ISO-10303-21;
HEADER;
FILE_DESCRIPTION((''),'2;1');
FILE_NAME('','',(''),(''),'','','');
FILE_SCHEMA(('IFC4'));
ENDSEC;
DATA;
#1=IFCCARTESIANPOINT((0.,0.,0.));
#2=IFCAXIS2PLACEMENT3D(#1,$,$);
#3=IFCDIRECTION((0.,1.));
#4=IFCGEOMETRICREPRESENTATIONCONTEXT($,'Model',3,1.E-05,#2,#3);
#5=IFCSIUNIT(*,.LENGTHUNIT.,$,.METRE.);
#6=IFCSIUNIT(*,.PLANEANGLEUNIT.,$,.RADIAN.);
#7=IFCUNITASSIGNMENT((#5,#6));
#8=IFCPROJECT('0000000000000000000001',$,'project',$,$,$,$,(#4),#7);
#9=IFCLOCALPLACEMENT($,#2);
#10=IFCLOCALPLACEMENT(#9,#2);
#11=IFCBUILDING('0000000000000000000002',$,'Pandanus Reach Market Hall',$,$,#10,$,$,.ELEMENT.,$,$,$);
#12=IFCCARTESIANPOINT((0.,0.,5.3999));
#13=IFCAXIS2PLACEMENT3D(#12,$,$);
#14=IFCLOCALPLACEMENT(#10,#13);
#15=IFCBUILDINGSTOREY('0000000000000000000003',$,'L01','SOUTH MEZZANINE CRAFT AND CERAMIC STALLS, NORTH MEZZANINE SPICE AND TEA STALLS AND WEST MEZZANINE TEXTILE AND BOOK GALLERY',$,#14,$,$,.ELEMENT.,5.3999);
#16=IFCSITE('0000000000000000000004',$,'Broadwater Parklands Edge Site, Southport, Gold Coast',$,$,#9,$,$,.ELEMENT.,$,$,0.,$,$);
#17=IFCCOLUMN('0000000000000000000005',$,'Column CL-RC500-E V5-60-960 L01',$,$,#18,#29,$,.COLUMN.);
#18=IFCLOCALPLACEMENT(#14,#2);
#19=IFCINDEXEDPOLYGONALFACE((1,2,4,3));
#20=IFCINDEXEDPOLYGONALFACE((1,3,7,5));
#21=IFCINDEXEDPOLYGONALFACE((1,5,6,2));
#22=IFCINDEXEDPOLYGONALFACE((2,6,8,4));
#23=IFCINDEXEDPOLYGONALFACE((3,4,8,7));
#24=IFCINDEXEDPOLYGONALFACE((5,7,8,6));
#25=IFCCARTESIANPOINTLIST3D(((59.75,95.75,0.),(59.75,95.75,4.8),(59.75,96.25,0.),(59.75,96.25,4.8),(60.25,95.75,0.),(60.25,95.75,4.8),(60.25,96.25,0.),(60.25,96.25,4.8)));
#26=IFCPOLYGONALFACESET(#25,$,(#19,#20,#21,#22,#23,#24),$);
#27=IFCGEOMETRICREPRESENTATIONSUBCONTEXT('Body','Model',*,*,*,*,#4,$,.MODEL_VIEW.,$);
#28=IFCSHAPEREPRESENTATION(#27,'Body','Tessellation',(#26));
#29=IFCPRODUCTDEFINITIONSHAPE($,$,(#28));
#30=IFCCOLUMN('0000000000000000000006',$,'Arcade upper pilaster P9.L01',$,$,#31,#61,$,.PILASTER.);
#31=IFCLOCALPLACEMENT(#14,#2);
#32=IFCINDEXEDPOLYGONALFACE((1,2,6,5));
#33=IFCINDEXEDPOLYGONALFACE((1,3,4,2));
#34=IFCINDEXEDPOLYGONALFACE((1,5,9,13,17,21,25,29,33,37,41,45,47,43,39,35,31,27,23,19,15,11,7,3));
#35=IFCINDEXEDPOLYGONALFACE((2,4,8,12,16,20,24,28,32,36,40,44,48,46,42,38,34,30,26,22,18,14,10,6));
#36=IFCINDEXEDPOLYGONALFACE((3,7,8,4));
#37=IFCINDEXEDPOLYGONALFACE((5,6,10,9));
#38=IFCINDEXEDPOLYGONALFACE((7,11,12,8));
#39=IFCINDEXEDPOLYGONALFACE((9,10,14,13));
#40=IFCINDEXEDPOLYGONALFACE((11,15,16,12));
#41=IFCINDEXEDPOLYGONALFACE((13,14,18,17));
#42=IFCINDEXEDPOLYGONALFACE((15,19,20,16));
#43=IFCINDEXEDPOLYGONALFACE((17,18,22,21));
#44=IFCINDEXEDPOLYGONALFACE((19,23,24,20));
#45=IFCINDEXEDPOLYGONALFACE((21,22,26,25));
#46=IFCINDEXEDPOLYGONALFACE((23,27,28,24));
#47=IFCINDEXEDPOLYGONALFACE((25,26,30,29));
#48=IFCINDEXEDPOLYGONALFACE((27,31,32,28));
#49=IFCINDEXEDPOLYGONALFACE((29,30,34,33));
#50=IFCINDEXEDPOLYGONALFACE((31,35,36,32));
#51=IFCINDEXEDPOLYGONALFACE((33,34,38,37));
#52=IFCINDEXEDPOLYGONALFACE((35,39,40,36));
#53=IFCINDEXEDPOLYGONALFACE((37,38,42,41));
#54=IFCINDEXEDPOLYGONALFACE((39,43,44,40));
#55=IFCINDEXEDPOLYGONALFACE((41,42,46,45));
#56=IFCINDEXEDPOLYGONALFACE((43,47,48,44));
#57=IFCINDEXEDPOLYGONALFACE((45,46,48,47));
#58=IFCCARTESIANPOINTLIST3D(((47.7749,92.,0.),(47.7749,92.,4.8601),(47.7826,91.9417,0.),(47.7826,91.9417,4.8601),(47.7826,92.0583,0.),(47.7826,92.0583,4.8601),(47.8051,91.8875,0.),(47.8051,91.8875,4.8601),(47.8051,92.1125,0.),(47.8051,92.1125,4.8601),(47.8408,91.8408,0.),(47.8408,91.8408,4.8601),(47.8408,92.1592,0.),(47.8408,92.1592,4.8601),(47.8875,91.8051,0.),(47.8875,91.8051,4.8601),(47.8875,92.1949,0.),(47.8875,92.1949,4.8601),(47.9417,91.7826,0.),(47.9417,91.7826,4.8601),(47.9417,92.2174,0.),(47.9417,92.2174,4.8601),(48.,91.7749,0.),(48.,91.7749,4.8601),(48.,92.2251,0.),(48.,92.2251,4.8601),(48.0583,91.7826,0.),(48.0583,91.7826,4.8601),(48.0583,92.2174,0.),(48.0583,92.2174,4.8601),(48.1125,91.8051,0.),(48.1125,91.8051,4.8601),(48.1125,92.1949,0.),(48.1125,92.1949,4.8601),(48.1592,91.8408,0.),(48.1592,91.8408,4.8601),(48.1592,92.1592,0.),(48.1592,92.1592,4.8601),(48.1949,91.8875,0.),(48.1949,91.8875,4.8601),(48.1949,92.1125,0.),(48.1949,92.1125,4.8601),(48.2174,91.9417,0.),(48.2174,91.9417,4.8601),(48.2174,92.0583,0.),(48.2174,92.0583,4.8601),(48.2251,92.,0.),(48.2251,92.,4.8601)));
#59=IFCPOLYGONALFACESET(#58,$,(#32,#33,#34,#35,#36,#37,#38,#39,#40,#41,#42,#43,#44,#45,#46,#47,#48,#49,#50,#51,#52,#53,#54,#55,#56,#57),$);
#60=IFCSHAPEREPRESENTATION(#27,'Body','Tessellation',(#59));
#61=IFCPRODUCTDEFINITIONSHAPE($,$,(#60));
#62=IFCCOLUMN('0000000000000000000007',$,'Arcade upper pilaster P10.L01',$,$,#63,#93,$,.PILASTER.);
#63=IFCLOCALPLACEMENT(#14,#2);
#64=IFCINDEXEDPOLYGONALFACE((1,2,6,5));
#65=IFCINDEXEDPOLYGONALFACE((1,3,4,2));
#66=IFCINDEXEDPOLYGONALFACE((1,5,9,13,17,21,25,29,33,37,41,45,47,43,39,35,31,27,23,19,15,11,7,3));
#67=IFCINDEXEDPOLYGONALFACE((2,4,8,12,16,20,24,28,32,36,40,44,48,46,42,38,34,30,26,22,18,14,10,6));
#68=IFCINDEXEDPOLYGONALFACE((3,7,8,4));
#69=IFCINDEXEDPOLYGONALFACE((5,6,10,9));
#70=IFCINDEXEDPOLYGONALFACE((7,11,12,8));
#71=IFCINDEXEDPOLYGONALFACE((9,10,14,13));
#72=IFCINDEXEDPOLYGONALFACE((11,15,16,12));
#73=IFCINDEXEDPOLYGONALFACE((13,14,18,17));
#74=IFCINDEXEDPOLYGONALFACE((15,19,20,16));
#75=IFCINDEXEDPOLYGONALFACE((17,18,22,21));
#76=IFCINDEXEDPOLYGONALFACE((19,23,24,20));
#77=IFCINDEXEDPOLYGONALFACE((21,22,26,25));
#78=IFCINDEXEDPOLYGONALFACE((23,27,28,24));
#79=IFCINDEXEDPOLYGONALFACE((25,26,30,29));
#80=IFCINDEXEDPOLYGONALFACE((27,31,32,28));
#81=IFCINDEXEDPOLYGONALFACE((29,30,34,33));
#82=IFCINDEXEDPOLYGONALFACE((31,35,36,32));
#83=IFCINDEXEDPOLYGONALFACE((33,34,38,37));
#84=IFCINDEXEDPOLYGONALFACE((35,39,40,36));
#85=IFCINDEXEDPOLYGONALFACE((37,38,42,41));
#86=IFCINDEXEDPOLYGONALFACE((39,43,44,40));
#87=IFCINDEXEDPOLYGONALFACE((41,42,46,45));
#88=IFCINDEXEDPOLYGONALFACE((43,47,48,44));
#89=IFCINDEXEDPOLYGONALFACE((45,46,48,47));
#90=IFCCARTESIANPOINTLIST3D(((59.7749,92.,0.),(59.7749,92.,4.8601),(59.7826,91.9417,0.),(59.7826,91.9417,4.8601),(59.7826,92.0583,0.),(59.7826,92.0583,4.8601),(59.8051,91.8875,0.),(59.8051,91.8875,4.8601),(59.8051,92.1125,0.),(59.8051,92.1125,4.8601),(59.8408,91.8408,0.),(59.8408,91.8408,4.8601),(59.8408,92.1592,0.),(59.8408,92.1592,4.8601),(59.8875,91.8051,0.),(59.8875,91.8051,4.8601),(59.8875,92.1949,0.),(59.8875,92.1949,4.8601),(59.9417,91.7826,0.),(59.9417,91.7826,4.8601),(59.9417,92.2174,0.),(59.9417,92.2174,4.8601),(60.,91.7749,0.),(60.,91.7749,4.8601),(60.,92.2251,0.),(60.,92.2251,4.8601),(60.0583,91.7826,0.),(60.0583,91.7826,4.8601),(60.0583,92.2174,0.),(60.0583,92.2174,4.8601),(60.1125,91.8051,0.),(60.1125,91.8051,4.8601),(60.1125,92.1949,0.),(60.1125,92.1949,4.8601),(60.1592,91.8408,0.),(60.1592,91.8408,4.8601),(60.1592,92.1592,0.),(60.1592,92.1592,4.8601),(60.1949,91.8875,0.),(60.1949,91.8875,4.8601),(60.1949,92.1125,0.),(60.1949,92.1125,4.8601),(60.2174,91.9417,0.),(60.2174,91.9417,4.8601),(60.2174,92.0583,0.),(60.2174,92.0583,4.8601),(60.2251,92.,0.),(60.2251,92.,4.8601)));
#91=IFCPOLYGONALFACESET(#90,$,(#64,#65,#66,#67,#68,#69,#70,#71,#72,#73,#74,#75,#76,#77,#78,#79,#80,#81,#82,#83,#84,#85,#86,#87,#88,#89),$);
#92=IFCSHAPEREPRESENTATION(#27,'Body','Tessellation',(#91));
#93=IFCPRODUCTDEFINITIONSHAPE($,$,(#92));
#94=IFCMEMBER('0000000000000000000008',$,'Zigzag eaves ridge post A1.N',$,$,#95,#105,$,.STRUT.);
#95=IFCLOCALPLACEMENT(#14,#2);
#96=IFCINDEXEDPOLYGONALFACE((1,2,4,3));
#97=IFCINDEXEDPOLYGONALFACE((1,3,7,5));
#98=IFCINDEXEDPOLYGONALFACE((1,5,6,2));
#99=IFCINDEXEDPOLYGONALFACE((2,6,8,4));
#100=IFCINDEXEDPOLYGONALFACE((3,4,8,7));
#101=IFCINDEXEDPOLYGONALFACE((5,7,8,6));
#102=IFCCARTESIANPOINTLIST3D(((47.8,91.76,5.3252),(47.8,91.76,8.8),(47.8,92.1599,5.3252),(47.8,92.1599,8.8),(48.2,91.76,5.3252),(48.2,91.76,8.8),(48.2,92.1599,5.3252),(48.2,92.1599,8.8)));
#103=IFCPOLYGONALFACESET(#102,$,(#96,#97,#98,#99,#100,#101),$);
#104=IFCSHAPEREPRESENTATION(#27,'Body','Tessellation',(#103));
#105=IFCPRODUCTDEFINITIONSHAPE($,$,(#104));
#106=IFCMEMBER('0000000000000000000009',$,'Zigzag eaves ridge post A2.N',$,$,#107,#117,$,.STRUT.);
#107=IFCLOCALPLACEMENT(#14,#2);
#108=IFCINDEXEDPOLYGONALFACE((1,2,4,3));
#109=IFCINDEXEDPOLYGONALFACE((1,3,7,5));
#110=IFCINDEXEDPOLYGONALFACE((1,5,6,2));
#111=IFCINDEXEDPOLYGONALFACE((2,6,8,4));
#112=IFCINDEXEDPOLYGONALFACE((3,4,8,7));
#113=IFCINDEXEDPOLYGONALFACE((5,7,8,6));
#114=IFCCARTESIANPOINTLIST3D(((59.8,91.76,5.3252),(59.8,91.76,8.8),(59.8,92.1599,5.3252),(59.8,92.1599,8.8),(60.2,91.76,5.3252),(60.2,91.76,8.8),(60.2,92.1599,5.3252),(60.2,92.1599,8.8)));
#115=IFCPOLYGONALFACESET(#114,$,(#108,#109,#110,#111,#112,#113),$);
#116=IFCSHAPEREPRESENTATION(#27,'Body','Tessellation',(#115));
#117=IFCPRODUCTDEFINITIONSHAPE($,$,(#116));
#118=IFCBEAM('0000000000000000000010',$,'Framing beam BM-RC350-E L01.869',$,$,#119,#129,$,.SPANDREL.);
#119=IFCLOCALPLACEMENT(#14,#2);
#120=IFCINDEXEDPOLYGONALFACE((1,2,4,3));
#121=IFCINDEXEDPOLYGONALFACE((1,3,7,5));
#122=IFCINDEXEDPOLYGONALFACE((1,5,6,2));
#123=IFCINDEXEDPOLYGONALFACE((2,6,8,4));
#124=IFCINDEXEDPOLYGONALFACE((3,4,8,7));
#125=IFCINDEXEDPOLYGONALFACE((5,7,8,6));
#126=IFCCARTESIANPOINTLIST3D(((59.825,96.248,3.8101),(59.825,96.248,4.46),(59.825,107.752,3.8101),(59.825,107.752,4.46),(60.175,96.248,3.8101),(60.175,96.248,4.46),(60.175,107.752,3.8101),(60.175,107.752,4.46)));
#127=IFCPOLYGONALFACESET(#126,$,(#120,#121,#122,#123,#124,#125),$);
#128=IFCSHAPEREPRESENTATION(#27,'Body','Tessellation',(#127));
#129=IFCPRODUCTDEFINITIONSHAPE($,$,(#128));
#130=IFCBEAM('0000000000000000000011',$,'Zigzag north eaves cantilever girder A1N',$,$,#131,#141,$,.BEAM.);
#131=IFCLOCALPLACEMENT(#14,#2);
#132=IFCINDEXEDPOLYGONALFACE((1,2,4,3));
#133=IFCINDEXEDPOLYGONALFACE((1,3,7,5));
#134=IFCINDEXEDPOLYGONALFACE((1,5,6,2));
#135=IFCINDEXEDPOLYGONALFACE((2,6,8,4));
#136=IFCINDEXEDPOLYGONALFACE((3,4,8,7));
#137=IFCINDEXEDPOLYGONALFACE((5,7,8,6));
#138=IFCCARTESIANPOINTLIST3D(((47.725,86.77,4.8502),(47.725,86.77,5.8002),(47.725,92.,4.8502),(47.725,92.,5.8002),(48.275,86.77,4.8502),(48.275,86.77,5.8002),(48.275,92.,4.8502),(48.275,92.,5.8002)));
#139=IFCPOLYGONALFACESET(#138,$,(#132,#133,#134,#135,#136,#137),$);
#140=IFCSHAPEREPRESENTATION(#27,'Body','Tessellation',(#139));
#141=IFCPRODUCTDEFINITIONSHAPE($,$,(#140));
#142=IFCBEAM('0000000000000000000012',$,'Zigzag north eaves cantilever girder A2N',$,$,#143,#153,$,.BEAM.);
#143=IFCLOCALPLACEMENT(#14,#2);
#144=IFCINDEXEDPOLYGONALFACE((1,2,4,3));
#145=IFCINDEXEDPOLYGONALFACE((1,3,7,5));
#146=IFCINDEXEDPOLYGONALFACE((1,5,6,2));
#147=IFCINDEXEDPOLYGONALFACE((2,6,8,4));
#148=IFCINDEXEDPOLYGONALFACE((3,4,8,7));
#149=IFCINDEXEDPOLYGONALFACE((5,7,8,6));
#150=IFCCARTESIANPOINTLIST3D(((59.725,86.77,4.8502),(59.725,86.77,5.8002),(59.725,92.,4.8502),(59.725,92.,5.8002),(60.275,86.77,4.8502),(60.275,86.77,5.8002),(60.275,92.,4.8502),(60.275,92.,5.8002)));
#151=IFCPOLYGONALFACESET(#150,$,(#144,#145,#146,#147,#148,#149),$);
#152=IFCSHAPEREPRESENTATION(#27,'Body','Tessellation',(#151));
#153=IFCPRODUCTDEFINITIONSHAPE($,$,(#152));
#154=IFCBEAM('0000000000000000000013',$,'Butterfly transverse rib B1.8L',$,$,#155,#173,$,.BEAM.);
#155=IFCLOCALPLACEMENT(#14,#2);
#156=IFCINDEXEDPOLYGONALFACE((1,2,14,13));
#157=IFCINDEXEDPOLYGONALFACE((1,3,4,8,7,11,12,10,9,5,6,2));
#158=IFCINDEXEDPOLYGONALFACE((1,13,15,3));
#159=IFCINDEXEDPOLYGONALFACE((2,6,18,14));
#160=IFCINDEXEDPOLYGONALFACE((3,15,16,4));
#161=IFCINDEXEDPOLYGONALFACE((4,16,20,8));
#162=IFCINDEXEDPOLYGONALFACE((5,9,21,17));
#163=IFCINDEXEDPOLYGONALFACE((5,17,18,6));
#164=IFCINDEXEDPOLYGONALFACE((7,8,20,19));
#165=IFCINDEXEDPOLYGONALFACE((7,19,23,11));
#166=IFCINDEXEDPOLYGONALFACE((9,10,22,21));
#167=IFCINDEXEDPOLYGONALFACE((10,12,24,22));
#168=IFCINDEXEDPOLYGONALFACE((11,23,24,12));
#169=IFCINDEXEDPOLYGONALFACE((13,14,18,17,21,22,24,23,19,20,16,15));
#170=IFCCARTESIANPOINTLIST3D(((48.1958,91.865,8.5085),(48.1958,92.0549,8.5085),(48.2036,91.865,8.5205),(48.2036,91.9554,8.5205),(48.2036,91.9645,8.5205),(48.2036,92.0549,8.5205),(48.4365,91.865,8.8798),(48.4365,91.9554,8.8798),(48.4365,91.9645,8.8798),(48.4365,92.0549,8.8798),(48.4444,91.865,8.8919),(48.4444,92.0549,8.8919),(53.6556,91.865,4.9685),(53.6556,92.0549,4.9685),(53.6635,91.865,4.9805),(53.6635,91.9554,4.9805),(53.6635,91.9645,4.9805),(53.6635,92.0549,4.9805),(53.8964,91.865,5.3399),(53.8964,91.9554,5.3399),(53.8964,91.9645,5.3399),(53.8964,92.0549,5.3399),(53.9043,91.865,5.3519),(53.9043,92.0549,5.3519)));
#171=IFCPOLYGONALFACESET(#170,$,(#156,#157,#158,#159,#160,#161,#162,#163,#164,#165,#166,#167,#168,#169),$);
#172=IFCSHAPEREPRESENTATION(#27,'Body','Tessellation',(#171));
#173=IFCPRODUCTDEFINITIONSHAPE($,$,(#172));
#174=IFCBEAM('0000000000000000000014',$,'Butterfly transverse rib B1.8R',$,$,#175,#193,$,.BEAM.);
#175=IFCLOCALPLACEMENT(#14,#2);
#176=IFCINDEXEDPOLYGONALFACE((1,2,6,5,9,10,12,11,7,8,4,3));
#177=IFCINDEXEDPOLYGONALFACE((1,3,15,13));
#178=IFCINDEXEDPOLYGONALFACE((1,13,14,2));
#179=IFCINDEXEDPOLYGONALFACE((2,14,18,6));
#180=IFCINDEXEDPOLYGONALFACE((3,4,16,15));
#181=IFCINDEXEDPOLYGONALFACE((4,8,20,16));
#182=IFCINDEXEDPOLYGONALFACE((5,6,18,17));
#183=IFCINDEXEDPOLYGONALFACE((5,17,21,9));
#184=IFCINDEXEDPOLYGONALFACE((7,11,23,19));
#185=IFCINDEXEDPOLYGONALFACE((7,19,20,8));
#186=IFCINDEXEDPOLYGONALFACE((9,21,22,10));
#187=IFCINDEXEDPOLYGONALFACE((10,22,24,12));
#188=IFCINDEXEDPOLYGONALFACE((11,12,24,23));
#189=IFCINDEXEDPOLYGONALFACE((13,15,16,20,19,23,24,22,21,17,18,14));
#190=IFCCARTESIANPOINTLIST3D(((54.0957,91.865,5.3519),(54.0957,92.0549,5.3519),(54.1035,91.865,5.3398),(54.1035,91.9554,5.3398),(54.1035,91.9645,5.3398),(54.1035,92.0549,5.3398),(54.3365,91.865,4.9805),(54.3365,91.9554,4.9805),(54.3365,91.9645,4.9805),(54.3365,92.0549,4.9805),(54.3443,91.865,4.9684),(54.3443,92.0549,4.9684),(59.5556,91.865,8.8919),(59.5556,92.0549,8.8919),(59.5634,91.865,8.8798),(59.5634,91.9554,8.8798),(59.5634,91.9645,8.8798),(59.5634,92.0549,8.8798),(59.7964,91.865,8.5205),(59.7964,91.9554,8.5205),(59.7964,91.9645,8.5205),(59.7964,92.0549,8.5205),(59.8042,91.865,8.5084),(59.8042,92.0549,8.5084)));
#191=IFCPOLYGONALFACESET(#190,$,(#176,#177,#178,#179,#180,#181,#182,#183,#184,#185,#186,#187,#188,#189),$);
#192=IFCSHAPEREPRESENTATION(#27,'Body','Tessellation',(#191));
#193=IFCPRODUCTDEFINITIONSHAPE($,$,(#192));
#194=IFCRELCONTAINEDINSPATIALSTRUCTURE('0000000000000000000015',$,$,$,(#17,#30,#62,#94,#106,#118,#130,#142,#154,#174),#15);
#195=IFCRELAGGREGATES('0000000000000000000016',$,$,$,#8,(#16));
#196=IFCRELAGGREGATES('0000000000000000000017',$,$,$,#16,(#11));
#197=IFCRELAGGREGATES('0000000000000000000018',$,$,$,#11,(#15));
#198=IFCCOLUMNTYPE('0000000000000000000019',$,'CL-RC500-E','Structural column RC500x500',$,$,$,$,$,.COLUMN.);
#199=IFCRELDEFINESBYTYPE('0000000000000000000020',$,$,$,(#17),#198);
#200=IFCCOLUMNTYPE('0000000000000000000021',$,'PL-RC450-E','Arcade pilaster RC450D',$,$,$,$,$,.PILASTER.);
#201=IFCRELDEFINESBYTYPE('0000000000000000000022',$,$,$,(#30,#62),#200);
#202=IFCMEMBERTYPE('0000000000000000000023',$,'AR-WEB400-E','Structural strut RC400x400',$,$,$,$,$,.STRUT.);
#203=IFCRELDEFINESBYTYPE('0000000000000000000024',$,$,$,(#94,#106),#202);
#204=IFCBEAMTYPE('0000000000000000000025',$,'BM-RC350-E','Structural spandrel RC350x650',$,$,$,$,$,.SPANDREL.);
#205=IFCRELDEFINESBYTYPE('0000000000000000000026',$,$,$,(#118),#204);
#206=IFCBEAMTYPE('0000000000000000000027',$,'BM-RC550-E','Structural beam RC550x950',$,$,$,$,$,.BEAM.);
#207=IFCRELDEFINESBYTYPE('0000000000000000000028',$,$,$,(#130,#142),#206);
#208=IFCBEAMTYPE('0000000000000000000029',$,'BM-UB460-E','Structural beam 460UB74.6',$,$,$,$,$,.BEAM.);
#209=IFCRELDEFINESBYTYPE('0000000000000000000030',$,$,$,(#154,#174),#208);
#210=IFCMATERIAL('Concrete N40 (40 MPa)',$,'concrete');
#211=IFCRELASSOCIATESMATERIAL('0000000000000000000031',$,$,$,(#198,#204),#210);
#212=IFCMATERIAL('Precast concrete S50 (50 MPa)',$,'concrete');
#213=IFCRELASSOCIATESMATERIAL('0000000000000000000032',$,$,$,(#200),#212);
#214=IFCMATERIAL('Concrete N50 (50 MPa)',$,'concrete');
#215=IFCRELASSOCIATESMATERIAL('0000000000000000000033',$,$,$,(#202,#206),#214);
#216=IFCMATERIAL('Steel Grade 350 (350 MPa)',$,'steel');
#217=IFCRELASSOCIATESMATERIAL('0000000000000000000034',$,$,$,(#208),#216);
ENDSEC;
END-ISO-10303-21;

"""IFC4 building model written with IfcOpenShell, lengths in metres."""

from ifc_helpers import new_model, si_unit, direction, frame, origin, origin_2d, place, context, subcontext, project, spatial, rectangle, circle, i_section, extrude, material, material_profile, profile_set, type_object, element, save


model = new_model("IFC4")

# Units and contexts
model_context = context("Model", 3, precision=1e-05, world=origin(), true_north=direction((0.0, 1.0)))
body_context = subcontext(model_context, "Body", "Model", "MODEL_VIEW")
ifc_project = project(units=[si_unit("LENGTHUNIT", "METRE"), si_unit("PLANEANGLEUNIT", "RADIAN")], contexts=[model_context])

# Site, building, storey
site_placement = place(None, origin())
site = spatial("IfcSite", under=ifc_project, at=site_placement, Name="Broadwater Parklands Edge Site, Southport, Gold Coast", CompositionType="ELEMENT", RefElevation=0.0)
building_placement = place(site_placement, origin())
building = spatial("IfcBuilding", under=site, at=building_placement, Name="Pandanus Reach Market Hall", CompositionType="ELEMENT")
storey_placement = place(building_placement, frame((0.0, 0.0, 5.3999)))
storey = spatial("IfcBuildingStorey", under=building, at=storey_placement, Name="L01", Description="SOUTH MEZZANINE CRAFT AND CERAMIC STALLS, NORTH MEZZANINE SPICE AND TEA STALLS AND WEST MEZZANINE TEXTILE AND BOOK GALLERY", CompositionType="ELEMENT", Elevation=5.3999)

# Columns
ifc_material_1 = material(Name="Concrete N40 (40 MPa)", Category="concrete")
ifc_material_profile_1 = material_profile(ifc_material_1, rectangle(XDim=0.5, YDim=0.5, at=origin_2d()), Name="RC500x500", Category="LoadBearing")
ifc_profile_set_1 = profile_set([ifc_material_profile_1], Name="Concrete N40 (40 MPa)")
column_type_1 = type_object("IfcColumnType", Name="CL-RC500-E", Description="Structural column RC500x500", PredefinedType="COLUMN", material=ifc_profile_set_1)
column_placement = place(storey_placement, frame((60.0, 96.0, 0.0), z_axis=(0.0, 0.0, 1.0), x_axis=(1.0, 0.0, 0.0)))
element("IfcColumn", 1, at=column_placement, inside=storey, type_object=column_type_1, Name="Column CL-RC500-E V5-60-960 L01", PredefinedType="COLUMN", context=body_context, shape_type="SweptSolid", body=[
    extrude(rectangle(XDim=0.5, YDim=0.5, at=origin_2d()), origin(), (0.0, 0.0, 1.0), 4.8),
])
ifc_material_2 = material(Name="Precast concrete S50 (50 MPa)", Category="concrete")
ifc_material_profile_2 = material_profile(ifc_material_2, circle(Radius=0.2251, at=origin_2d()), Name="RC450D", Category="LoadBearing")
ifc_profile_set_2 = profile_set([ifc_material_profile_2], Name="Precast concrete S50 (50 MPa)")
column_type_2 = type_object("IfcColumnType", Name="PL-RC450-E", Description="Arcade pilaster RC450D", PredefinedType="PILASTER", material=ifc_profile_set_2)
for number, where, z_axis, x_axis, name in (
    (2, (48.0, 92.0, 0.0), (0.0, 0.0, 1.0), (1.0, 0.0, 0.0), "Arcade upper pilaster P9.L01"),
    (3, (60.0, 92.0, 0.0), (0.0, 0.0, 1.0), (1.0, 0.0, 0.0), "Arcade upper pilaster P10.L01"),
):
    element("IfcColumn", number, at=place(storey_placement, frame(where, z_axis=z_axis, x_axis=x_axis)), inside=storey, type_object=column_type_2, Name=name, PredefinedType="PILASTER", context=body_context, shape_type="SweptSolid", body=[
        extrude(circle(Radius=0.2251, at=origin_2d()), origin(), (0.0, 0.0, 1.0), 4.8601),
    ])

# Members
ifc_material_3 = material(Name="Concrete N50 (50 MPa)", Category="concrete")
ifc_material_profile_3 = material_profile(ifc_material_3, rectangle(XDim=0.3999, YDim=0.3999, at=origin_2d()), Name="RC400x400", Category="LoadBearing")
ifc_profile_set_3 = profile_set([ifc_material_profile_3], Name="Concrete N50 (50 MPa)")
member_type_1 = type_object("IfcMemberType", Name="AR-WEB400-E", Description="Structural strut RC400x400", PredefinedType="STRUT", material=ifc_profile_set_3)
for number, where, z_axis, x_axis, name in (
    (4, (48.0, 91.96, 5.3252), (0.0, 0.0, 1.0), (1.0, 0.0, 0.0), "Zigzag eaves ridge post A1.N"),
    (5, (60.0, 91.96, 5.3252), (0.0, 0.0, 1.0), (1.0, 0.0, 0.0), "Zigzag eaves ridge post A2.N"),
):
    element("IfcMember", number, at=place(storey_placement, frame(where, z_axis=z_axis, x_axis=x_axis)), inside=storey, type_object=member_type_1, Name=name, PredefinedType="STRUT", context=body_context, shape_type="SweptSolid", body=[
        extrude(rectangle(XDim=0.3999, YDim=0.3999, at=origin_2d()), origin(), (0.0, 0.0, 1.0), 3.4749),
    ])

# Beams
ifc_material_profile_4 = material_profile(ifc_material_1, rectangle(XDim=0.3501, YDim=0.6499, at=origin_2d()), Name="RC350x650", Category="LoadBearing")
ifc_profile_set_4 = profile_set([ifc_material_profile_4], Name="Concrete N40 (40 MPa)")
beam_type_1 = type_object("IfcBeamType", Name="BM-RC350-E", Description="Structural spandrel RC350x650", PredefinedType="SPANDREL", material=ifc_profile_set_4)
beam_placement = place(storey_placement, frame((60.0, 96.248, 4.135), z_axis=(0.0, 1.0, 0.0), x_axis=(-1.0, 0.0, 0.0)))
element("IfcBeam", 6, at=beam_placement, inside=storey, type_object=beam_type_1, Name="Framing beam BM-RC350-E L01.869", PredefinedType="SPANDREL", context=body_context, shape_type="SweptSolid", body=[
    extrude(rectangle(XDim=0.3501, YDim=0.6499, at=origin_2d()), origin(), (0.0, 0.0, 1.0), 11.5039),
])
ifc_material_profile_5 = material_profile(ifc_material_3, rectangle(XDim=0.55, YDim=0.95, at=origin_2d()), Name="RC550x950", Category="LoadBearing")
ifc_profile_set_5 = profile_set([ifc_material_profile_5], Name="Concrete N50 (50 MPa)")
beam_type_2 = type_object("IfcBeamType", Name="BM-RC550-E", Description="Structural beam RC550x950", PredefinedType="BEAM", material=ifc_profile_set_5)
for number, where, z_axis, x_axis, name in (
    (7, (48.0, 86.77, 5.3252), (0.0, 1.0, 0.0), (-1.0, 0.0, 0.0), "Zigzag north eaves cantilever girder A1N"),
    (8, (60.0, 86.77, 5.3252), (0.0, 1.0, 0.0), (-1.0, 0.0, 0.0), "Zigzag north eaves cantilever girder A2N"),
):
    element("IfcBeam", number, at=place(storey_placement, frame(where, z_axis=z_axis, x_axis=x_axis)), inside=storey, type_object=beam_type_2, Name=name, PredefinedType="BEAM", context=body_context, shape_type="SweptSolid", body=[
        extrude(rectangle(XDim=0.55, YDim=0.95, at=origin_2d()), origin(), (0.0, 0.0, 1.0), 5.23),
    ])
ifc_material_4 = material(Name="Steel Grade 350 (350 MPa)", Category="steel")
ifc_material_profile_6 = material_profile(ifc_material_4, i_section(OverallWidth=0.1899, OverallDepth=0.457, WebThickness=0.009, FlangeThickness=0.0144, at=origin_2d()), Name="460UB74.6", Category="LoadBearing")
ifc_profile_set_6 = profile_set([ifc_material_profile_6], Name="Steel Grade 350 (350 MPa)")
beam_type_3 = type_object("IfcBeamType", Name="BM-UB460-E", Description="Structural beam 460UB74.6", PredefinedType="BEAM", material=ifc_profile_set_6)
for number, where, z_axis, x_axis, name in (
    (9, (48.3201, 91.96, 8.7002), (0.839071, 0.0, -0.544023), (0.0, 1.0, 0.0), "Butterfly transverse rib B1.8L"),
    (10, (54.22, 91.96, 5.1602), (0.839071, 0.0, 0.544023), (0.0, 1.0, 0.0), "Butterfly transverse rib B1.8R"),
):
    element("IfcBeam", number, at=place(storey_placement, frame(where, z_axis=z_axis, x_axis=x_axis)), inside=storey, type_object=beam_type_3, Name=name, PredefinedType="BEAM", context=body_context, shape_type="SweptSolid", body=[
        extrude(i_section(OverallWidth=0.1899, OverallDepth=0.457, WebThickness=0.009, FlangeThickness=0.0144, at=origin_2d()), origin(), (0.0, 0.0, 1.0), 6.5071),
    ])

save(model, "model.ifc")
